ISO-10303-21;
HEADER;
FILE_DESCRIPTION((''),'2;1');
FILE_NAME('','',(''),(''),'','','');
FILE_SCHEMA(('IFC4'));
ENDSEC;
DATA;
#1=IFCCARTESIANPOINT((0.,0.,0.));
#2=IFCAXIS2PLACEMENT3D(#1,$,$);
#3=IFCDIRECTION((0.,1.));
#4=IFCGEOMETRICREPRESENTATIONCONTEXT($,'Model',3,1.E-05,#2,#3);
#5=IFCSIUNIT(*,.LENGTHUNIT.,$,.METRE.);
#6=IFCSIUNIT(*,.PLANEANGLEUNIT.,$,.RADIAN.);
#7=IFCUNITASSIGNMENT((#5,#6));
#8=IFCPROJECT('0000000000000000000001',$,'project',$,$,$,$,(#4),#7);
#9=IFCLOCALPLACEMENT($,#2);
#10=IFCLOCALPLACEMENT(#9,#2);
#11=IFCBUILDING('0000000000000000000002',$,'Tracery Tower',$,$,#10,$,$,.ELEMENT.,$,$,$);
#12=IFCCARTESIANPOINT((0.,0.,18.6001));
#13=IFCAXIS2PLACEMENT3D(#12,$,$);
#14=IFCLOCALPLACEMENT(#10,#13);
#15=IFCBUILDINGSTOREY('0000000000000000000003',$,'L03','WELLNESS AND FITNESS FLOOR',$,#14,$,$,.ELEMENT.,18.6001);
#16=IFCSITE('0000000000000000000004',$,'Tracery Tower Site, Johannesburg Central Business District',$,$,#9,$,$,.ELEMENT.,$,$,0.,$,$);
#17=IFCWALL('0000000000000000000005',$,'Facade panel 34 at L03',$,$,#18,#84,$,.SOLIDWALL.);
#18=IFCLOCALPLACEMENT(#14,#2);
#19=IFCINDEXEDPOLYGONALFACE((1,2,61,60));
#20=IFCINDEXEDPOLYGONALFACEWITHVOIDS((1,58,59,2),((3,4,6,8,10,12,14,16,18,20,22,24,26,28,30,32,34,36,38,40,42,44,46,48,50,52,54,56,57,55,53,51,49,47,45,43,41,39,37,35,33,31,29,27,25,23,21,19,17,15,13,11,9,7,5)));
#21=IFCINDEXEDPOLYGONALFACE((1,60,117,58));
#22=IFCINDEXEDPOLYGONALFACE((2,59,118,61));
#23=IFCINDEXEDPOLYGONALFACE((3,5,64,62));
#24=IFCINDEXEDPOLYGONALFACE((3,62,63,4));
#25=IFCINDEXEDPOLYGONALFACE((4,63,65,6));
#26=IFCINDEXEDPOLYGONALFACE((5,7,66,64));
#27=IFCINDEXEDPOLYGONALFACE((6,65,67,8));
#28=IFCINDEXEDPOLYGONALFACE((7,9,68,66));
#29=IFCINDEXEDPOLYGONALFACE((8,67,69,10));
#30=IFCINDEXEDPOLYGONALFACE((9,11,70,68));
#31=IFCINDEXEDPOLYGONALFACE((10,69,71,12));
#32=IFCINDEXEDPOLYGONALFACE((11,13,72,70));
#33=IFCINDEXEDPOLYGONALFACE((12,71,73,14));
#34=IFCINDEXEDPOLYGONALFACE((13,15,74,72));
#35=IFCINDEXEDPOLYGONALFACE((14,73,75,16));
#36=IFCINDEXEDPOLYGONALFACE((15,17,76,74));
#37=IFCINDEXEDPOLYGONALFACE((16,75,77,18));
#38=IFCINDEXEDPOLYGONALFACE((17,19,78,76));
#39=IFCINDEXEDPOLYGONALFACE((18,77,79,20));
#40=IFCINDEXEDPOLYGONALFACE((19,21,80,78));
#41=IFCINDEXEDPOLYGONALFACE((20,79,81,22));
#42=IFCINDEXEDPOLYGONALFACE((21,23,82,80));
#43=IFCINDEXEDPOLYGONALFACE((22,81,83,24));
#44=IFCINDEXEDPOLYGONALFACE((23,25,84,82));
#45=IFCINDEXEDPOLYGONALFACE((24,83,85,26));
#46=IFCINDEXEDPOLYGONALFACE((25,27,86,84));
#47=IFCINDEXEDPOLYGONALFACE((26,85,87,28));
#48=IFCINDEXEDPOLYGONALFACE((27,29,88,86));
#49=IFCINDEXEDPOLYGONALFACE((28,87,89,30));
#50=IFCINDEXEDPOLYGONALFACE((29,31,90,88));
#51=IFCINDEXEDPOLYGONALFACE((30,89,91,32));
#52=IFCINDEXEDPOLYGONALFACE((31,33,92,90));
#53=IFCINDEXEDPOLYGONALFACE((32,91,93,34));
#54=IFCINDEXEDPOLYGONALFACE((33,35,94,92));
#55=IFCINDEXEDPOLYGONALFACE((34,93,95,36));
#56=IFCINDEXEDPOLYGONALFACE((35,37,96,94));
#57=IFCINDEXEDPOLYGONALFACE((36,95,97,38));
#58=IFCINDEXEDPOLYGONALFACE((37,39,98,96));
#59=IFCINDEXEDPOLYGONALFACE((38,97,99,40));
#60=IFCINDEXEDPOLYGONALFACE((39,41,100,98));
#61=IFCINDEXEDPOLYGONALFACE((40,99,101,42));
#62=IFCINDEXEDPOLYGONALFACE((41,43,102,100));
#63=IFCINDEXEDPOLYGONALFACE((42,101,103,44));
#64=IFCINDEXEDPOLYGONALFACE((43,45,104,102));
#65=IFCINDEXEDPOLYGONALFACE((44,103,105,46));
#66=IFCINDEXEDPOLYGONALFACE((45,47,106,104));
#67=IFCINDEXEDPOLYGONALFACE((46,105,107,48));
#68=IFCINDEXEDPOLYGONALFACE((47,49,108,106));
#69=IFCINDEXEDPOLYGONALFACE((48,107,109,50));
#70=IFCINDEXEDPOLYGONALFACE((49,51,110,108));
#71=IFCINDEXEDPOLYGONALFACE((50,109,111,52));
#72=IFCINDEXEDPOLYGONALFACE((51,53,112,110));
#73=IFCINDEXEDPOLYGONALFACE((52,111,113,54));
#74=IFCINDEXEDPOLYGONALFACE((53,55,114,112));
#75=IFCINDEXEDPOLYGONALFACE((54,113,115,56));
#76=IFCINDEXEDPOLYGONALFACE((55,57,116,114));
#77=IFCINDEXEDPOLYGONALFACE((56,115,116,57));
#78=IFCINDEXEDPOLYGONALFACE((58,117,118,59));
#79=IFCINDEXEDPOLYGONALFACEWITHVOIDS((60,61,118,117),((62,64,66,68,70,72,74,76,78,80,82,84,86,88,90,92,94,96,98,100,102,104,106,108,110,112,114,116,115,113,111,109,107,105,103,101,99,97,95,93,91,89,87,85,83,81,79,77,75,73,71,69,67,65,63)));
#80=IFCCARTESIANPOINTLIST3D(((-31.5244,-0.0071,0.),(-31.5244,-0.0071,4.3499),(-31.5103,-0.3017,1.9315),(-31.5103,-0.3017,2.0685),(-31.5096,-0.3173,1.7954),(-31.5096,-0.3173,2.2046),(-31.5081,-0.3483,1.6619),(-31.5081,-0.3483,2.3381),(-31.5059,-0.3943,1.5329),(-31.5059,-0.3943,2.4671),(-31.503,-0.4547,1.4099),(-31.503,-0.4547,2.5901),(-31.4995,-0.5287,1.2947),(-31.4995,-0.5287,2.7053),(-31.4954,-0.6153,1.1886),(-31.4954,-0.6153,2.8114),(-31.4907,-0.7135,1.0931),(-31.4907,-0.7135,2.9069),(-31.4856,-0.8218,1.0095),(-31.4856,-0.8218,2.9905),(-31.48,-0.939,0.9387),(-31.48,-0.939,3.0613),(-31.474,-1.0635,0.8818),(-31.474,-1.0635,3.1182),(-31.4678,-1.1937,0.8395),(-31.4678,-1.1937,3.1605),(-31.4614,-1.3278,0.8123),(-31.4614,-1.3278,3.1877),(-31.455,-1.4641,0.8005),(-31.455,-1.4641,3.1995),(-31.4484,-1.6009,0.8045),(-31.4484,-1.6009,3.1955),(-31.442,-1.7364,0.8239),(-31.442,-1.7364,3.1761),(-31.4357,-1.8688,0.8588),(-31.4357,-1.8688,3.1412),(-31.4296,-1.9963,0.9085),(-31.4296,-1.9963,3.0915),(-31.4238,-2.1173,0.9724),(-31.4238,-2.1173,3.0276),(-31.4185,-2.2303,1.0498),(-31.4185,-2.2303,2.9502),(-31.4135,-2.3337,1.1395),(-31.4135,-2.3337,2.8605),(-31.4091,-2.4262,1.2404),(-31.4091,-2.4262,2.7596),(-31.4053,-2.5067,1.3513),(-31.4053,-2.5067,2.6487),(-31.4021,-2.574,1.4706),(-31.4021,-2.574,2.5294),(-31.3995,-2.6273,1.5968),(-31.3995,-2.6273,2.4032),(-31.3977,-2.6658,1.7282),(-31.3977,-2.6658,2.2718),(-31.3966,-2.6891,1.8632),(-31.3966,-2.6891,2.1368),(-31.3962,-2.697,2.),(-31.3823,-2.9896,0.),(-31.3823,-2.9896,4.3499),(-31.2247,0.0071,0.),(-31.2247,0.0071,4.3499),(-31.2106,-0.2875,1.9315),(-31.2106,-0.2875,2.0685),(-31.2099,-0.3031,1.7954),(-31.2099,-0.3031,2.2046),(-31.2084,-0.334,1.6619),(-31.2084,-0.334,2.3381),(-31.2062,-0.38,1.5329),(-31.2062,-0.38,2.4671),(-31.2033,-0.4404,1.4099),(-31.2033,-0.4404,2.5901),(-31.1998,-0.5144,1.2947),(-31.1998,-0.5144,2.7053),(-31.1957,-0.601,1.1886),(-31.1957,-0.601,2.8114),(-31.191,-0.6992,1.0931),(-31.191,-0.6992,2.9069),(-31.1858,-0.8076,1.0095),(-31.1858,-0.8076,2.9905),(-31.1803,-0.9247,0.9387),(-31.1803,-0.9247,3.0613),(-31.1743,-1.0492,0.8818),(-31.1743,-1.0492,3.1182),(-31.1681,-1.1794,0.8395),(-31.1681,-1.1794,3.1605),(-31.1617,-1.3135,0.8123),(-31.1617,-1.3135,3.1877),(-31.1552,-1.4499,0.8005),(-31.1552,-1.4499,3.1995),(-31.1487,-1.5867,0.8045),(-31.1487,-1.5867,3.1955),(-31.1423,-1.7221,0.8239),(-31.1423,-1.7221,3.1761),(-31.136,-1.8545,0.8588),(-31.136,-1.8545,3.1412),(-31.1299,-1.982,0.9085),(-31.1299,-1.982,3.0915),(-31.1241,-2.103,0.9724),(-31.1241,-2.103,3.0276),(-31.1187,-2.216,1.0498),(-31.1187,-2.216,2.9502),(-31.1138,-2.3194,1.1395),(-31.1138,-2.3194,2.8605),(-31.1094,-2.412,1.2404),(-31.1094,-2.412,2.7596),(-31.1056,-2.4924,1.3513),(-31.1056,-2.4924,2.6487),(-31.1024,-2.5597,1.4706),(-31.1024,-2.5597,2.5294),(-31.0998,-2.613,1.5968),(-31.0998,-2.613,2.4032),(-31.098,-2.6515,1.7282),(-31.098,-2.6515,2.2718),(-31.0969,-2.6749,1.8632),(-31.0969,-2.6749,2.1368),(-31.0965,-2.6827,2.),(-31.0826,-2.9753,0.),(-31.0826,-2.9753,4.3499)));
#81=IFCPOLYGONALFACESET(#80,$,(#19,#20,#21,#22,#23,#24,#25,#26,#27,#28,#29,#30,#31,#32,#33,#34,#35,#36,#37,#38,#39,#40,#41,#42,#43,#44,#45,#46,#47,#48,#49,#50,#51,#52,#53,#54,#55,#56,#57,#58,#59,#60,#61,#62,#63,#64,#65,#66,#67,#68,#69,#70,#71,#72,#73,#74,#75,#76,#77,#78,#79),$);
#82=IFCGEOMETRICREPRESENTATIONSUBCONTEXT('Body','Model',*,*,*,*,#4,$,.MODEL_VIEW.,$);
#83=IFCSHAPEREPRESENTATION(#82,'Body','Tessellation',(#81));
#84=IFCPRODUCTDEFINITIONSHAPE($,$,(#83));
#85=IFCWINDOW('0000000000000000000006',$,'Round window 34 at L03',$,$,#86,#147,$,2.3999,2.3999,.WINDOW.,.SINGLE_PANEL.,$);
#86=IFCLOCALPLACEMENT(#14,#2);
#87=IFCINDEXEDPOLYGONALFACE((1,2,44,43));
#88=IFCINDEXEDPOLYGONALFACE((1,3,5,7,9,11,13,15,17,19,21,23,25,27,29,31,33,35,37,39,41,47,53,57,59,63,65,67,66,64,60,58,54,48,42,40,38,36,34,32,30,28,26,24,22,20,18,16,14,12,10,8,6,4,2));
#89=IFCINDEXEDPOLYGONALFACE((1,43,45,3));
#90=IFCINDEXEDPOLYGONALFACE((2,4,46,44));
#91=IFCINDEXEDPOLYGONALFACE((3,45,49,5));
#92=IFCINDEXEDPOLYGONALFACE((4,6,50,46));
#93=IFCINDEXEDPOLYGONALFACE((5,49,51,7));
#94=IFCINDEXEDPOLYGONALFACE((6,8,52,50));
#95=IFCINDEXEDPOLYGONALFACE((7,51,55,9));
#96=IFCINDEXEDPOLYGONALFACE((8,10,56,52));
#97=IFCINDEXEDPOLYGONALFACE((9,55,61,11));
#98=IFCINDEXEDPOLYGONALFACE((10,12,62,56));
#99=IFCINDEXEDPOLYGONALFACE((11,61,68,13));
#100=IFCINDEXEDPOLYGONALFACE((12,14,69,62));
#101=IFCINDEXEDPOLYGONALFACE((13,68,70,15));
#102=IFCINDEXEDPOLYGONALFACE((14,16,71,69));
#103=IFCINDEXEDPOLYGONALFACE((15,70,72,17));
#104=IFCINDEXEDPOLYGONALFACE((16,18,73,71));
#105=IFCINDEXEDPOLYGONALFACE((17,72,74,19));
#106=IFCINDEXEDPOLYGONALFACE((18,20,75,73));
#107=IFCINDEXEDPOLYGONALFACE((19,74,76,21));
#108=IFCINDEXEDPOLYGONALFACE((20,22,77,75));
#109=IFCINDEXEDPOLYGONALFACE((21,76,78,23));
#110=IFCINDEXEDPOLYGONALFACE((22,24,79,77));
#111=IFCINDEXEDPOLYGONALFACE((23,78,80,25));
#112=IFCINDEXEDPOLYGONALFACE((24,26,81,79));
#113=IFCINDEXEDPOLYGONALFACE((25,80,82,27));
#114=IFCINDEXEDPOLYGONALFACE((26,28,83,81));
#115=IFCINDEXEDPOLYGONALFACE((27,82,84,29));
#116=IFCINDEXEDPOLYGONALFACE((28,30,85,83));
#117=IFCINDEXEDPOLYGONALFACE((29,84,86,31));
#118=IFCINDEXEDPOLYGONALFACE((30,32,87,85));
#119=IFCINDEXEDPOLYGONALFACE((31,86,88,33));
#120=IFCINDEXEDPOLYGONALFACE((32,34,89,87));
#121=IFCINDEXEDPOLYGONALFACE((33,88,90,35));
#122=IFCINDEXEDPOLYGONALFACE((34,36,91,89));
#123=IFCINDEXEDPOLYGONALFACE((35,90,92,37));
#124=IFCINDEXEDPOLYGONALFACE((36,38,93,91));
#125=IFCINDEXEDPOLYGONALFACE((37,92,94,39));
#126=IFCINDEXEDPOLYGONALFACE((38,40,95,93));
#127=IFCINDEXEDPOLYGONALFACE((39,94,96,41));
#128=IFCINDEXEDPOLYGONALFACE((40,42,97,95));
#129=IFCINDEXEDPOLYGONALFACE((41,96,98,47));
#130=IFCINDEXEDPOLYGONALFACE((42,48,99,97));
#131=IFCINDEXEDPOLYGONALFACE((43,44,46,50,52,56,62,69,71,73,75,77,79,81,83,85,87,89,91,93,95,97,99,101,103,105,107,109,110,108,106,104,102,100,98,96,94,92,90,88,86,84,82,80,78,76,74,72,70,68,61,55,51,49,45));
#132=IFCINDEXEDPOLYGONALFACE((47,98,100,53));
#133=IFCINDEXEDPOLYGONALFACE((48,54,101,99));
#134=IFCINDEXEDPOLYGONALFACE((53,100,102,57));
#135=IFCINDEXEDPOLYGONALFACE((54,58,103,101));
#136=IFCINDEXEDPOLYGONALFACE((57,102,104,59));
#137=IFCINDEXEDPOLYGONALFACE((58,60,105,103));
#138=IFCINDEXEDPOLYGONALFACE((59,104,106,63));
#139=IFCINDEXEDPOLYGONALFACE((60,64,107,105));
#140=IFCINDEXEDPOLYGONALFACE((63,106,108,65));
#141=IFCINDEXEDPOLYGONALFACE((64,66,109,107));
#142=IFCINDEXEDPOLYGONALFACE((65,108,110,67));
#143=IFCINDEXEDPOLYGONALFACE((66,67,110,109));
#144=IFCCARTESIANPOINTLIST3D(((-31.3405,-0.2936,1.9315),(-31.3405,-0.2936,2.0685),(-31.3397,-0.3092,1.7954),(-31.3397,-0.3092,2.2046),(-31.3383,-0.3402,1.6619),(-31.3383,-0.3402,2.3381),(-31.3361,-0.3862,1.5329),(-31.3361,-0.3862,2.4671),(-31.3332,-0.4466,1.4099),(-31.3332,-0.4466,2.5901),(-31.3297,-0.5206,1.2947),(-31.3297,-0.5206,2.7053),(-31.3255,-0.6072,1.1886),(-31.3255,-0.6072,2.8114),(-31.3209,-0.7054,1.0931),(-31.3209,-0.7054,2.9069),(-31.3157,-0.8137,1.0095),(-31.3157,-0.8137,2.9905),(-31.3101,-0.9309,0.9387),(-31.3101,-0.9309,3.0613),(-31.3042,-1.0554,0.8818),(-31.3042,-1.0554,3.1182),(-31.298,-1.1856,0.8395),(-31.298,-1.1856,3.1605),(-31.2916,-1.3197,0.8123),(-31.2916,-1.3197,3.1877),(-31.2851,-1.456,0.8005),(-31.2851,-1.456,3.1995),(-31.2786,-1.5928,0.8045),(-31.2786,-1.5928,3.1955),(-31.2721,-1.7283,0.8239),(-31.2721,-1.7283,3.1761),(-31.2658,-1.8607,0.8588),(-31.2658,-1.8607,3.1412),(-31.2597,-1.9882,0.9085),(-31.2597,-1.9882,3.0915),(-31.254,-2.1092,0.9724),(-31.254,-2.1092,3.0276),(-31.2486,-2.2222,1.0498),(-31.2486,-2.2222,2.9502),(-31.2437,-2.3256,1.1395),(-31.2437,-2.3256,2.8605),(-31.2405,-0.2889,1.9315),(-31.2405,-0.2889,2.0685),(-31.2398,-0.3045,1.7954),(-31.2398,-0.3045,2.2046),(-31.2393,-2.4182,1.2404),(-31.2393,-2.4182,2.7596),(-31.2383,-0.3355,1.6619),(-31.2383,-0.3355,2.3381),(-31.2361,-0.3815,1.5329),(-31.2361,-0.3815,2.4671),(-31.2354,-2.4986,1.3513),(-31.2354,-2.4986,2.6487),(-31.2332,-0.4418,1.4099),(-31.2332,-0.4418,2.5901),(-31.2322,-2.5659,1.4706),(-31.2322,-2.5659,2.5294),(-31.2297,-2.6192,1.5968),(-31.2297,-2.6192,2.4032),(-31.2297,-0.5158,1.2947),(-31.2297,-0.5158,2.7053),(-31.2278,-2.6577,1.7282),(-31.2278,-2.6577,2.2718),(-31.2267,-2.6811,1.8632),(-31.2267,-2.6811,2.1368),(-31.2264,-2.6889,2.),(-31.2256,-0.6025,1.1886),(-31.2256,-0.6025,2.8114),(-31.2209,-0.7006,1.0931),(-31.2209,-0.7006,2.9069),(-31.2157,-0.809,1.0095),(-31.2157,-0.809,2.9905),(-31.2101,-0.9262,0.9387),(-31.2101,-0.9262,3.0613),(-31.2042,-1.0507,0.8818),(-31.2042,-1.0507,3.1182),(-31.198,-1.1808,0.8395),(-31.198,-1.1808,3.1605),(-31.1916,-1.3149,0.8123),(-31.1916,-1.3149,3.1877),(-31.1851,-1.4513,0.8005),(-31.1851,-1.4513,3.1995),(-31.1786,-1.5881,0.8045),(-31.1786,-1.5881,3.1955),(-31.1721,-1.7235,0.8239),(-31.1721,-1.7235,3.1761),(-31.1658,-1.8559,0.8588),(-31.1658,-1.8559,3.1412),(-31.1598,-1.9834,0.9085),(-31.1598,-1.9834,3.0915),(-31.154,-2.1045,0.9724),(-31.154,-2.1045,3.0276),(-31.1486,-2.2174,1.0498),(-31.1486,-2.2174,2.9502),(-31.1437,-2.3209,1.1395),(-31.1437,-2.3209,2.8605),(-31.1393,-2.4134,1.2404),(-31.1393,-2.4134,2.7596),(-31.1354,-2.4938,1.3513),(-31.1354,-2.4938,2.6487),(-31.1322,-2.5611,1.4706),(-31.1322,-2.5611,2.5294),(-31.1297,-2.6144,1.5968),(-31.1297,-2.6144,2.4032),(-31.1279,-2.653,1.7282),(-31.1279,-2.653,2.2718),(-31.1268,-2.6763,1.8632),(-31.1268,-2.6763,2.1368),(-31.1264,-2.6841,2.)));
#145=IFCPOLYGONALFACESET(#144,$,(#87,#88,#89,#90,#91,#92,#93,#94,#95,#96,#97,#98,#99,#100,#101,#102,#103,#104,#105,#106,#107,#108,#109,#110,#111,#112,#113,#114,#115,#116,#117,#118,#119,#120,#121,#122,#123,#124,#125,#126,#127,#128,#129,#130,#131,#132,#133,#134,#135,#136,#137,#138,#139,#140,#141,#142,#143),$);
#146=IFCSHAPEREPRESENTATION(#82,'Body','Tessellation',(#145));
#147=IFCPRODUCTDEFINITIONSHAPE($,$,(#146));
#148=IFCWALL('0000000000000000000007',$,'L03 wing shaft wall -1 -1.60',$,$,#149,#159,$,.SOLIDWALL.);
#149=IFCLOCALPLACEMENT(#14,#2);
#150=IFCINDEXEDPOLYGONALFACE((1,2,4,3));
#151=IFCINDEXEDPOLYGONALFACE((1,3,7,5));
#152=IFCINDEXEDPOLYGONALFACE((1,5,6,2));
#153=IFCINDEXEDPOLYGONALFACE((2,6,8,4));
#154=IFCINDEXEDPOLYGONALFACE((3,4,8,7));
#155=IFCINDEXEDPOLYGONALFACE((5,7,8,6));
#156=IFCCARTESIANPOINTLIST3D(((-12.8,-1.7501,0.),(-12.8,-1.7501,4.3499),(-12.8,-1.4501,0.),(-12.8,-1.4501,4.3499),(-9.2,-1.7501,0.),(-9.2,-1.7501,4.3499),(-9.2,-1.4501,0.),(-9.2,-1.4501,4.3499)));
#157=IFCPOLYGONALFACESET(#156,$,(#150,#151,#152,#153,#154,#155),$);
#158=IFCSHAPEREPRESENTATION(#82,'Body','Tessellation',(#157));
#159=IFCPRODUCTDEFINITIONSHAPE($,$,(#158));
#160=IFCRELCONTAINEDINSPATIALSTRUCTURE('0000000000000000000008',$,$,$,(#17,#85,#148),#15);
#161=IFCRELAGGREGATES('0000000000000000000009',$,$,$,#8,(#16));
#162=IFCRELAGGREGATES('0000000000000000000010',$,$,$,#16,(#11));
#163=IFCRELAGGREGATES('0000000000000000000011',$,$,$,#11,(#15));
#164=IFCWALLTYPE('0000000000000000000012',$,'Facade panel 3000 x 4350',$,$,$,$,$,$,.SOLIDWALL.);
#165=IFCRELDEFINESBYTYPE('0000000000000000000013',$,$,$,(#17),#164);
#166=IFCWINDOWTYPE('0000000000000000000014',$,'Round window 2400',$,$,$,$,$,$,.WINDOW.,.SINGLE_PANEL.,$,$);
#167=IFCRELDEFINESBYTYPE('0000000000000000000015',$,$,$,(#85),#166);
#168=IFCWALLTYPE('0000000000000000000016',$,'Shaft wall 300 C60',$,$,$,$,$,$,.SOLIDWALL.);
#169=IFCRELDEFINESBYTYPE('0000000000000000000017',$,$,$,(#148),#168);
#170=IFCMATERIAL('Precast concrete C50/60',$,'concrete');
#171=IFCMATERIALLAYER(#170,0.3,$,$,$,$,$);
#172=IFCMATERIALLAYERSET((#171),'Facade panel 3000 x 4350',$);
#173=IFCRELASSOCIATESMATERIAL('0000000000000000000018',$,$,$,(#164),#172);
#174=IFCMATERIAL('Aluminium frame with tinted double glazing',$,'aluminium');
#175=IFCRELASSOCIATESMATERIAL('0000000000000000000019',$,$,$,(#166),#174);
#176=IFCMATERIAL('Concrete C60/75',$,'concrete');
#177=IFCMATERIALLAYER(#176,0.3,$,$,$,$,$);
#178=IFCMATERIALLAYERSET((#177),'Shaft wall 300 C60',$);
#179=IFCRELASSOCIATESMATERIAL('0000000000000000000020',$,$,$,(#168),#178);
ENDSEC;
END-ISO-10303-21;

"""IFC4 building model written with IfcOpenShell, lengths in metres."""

from ifc_helpers import new_model, si_unit, direction, frame, frame_2d, origin, origin_2d, place, context, subcontext, project, spatial, rectangle, circle, extrude, material, layer, layer_set, type_object, element, fill, save


model = new_model("IFC4")

# Units and contexts
model_context = context("Model", 3, precision=1e-05, world=origin(), true_north=direction((0.0, 1.0)))
body_context = subcontext(model_context, "Body", "Model", "MODEL_VIEW")
ifc_project = project(units=[si_unit("LENGTHUNIT", "METRE"), si_unit("PLANEANGLEUNIT", "RADIAN")], contexts=[model_context])

# Site, building, storey
site_placement = place(None, origin())
site = spatial("IfcSite", under=ifc_project, at=site_placement, Name="Tracery Tower Site, Johannesburg Central Business District", CompositionType="ELEMENT", RefElevation=0.0)
building_placement = place(site_placement, origin())
building = spatial("IfcBuilding", under=site, at=building_placement, Name="Tracery Tower", CompositionType="ELEMENT")
storey_placement = place(building_placement, frame((0.0, 0.0, 18.6001)))
storey = spatial("IfcBuildingStorey", under=building, at=storey_placement, Name="L03", Description="WELLNESS AND FITNESS FLOOR", CompositionType="ELEMENT", Elevation=18.6001)

# Wall, opening, window
ifc_material_1 = material(Name="Precast concrete C50/60", Category="concrete")
ifc_layer_1 = layer(ifc_material_1, 0.3)
ifc_layer_set_1 = layer_set([ifc_layer_1], Name="Facade panel 3000 x 4350")
wall_type_1 = type_object("IfcWallType", Name="Facade panel 3000 x 4350", PredefinedType="SOLIDWALL", material=ifc_layer_set_1)
ifc_material_2 = material(Name="Aluminium frame with tinted double glazing", Category="aluminium")
window_type = type_object("IfcWindowType", Name="Round window 2400", PartitioningType="SINGLE_PANEL", PredefinedType="WINDOW", material=ifc_material_2)
wall_1_placement = place(storey_placement, frame((-31.3745, 0.0, 0.0), z_axis=(0.0, 0.0, 1.0), x_axis=(0.047588, -0.998867, 0.0)))
wall_1 = element("IfcWall", 1, at=wall_1_placement, inside=storey, type_object=wall_type_1, Name="Facade panel 34 at L03", PredefinedType="SOLIDWALL", context=body_context, shape_type="SweptSolid", body=[
    extrude(rectangle(XDim=2.9858, YDim=0.3, at=frame_2d((1.4929, 0.0))), origin(), (0.0, 0.0, 1.0), 4.3499),
])
opening_1_placement = place(wall_1_placement, frame((1.4929, 0.0, 2.0)))
opening_1 = element("IfcOpeningElement", 2, at=opening_1_placement, cuts=wall_1, PredefinedType="OPENING", context=body_context, shape_type="SweptSolid", body=[
    extrude(circle(Radius=1.2, at=origin_2d()), frame((0.0, 0.1599, 0.0), z_axis=(0.0, -1.0, 0.0), x_axis=(1.0, 0.0, 0.0)), (0.0, 0.0, 1.0), 0.3201),
])
window_1_placement = place(opening_1_placement, origin())
window_1 = element("IfcWindow", 3, at=window_1_placement, inside=storey, type_object=window_type, Name="Round window 34 at L03", OverallHeight=2.3999, OverallWidth=2.3999, PartitioningType="SINGLE_PANEL", PredefinedType="WINDOW", context=body_context, shape_type="SweptSolid", body=[
    extrude(circle(Radius=1.2, at=origin_2d()), frame((0.0, 0.1201, 0.0), z_axis=(0.0, -1.0, 0.0), x_axis=(1.0, 0.0, 0.0)), (0.0, 0.0, 1.0), 0.1001),
])
fill(opening_1, window_1)

# Wall
ifc_material_3 = material(Name="Concrete C60/75", Category="concrete")
ifc_layer_2 = layer(ifc_material_3, 0.3)
ifc_layer_set_2 = layer_set([ifc_layer_2], Name="Shaft wall 300 C60")
wall_type_2 = type_object("IfcWallType", Name="Shaft wall 300 C60", PredefinedType="SOLIDWALL", material=ifc_layer_set_2)
wall_2_placement = place(storey_placement, frame((-12.8, -1.6001, 0.0), z_axis=(0.0, 0.0, 1.0), x_axis=(1.0, 0.0, 0.0)))
element("IfcWall", 4, at=wall_2_placement, inside=storey, type_object=wall_type_2, Name="L03 wing shaft wall -1 -1.60", PredefinedType="SOLIDWALL", context=body_context, shape_type="SweptSolid", body=[
    extrude(rectangle(XDim=3.6001, YDim=0.3, at=frame_2d((1.8, 0.0))), origin(), (0.0, 0.0, 1.0), 4.3499),
])

save(model, "model.ifc")
